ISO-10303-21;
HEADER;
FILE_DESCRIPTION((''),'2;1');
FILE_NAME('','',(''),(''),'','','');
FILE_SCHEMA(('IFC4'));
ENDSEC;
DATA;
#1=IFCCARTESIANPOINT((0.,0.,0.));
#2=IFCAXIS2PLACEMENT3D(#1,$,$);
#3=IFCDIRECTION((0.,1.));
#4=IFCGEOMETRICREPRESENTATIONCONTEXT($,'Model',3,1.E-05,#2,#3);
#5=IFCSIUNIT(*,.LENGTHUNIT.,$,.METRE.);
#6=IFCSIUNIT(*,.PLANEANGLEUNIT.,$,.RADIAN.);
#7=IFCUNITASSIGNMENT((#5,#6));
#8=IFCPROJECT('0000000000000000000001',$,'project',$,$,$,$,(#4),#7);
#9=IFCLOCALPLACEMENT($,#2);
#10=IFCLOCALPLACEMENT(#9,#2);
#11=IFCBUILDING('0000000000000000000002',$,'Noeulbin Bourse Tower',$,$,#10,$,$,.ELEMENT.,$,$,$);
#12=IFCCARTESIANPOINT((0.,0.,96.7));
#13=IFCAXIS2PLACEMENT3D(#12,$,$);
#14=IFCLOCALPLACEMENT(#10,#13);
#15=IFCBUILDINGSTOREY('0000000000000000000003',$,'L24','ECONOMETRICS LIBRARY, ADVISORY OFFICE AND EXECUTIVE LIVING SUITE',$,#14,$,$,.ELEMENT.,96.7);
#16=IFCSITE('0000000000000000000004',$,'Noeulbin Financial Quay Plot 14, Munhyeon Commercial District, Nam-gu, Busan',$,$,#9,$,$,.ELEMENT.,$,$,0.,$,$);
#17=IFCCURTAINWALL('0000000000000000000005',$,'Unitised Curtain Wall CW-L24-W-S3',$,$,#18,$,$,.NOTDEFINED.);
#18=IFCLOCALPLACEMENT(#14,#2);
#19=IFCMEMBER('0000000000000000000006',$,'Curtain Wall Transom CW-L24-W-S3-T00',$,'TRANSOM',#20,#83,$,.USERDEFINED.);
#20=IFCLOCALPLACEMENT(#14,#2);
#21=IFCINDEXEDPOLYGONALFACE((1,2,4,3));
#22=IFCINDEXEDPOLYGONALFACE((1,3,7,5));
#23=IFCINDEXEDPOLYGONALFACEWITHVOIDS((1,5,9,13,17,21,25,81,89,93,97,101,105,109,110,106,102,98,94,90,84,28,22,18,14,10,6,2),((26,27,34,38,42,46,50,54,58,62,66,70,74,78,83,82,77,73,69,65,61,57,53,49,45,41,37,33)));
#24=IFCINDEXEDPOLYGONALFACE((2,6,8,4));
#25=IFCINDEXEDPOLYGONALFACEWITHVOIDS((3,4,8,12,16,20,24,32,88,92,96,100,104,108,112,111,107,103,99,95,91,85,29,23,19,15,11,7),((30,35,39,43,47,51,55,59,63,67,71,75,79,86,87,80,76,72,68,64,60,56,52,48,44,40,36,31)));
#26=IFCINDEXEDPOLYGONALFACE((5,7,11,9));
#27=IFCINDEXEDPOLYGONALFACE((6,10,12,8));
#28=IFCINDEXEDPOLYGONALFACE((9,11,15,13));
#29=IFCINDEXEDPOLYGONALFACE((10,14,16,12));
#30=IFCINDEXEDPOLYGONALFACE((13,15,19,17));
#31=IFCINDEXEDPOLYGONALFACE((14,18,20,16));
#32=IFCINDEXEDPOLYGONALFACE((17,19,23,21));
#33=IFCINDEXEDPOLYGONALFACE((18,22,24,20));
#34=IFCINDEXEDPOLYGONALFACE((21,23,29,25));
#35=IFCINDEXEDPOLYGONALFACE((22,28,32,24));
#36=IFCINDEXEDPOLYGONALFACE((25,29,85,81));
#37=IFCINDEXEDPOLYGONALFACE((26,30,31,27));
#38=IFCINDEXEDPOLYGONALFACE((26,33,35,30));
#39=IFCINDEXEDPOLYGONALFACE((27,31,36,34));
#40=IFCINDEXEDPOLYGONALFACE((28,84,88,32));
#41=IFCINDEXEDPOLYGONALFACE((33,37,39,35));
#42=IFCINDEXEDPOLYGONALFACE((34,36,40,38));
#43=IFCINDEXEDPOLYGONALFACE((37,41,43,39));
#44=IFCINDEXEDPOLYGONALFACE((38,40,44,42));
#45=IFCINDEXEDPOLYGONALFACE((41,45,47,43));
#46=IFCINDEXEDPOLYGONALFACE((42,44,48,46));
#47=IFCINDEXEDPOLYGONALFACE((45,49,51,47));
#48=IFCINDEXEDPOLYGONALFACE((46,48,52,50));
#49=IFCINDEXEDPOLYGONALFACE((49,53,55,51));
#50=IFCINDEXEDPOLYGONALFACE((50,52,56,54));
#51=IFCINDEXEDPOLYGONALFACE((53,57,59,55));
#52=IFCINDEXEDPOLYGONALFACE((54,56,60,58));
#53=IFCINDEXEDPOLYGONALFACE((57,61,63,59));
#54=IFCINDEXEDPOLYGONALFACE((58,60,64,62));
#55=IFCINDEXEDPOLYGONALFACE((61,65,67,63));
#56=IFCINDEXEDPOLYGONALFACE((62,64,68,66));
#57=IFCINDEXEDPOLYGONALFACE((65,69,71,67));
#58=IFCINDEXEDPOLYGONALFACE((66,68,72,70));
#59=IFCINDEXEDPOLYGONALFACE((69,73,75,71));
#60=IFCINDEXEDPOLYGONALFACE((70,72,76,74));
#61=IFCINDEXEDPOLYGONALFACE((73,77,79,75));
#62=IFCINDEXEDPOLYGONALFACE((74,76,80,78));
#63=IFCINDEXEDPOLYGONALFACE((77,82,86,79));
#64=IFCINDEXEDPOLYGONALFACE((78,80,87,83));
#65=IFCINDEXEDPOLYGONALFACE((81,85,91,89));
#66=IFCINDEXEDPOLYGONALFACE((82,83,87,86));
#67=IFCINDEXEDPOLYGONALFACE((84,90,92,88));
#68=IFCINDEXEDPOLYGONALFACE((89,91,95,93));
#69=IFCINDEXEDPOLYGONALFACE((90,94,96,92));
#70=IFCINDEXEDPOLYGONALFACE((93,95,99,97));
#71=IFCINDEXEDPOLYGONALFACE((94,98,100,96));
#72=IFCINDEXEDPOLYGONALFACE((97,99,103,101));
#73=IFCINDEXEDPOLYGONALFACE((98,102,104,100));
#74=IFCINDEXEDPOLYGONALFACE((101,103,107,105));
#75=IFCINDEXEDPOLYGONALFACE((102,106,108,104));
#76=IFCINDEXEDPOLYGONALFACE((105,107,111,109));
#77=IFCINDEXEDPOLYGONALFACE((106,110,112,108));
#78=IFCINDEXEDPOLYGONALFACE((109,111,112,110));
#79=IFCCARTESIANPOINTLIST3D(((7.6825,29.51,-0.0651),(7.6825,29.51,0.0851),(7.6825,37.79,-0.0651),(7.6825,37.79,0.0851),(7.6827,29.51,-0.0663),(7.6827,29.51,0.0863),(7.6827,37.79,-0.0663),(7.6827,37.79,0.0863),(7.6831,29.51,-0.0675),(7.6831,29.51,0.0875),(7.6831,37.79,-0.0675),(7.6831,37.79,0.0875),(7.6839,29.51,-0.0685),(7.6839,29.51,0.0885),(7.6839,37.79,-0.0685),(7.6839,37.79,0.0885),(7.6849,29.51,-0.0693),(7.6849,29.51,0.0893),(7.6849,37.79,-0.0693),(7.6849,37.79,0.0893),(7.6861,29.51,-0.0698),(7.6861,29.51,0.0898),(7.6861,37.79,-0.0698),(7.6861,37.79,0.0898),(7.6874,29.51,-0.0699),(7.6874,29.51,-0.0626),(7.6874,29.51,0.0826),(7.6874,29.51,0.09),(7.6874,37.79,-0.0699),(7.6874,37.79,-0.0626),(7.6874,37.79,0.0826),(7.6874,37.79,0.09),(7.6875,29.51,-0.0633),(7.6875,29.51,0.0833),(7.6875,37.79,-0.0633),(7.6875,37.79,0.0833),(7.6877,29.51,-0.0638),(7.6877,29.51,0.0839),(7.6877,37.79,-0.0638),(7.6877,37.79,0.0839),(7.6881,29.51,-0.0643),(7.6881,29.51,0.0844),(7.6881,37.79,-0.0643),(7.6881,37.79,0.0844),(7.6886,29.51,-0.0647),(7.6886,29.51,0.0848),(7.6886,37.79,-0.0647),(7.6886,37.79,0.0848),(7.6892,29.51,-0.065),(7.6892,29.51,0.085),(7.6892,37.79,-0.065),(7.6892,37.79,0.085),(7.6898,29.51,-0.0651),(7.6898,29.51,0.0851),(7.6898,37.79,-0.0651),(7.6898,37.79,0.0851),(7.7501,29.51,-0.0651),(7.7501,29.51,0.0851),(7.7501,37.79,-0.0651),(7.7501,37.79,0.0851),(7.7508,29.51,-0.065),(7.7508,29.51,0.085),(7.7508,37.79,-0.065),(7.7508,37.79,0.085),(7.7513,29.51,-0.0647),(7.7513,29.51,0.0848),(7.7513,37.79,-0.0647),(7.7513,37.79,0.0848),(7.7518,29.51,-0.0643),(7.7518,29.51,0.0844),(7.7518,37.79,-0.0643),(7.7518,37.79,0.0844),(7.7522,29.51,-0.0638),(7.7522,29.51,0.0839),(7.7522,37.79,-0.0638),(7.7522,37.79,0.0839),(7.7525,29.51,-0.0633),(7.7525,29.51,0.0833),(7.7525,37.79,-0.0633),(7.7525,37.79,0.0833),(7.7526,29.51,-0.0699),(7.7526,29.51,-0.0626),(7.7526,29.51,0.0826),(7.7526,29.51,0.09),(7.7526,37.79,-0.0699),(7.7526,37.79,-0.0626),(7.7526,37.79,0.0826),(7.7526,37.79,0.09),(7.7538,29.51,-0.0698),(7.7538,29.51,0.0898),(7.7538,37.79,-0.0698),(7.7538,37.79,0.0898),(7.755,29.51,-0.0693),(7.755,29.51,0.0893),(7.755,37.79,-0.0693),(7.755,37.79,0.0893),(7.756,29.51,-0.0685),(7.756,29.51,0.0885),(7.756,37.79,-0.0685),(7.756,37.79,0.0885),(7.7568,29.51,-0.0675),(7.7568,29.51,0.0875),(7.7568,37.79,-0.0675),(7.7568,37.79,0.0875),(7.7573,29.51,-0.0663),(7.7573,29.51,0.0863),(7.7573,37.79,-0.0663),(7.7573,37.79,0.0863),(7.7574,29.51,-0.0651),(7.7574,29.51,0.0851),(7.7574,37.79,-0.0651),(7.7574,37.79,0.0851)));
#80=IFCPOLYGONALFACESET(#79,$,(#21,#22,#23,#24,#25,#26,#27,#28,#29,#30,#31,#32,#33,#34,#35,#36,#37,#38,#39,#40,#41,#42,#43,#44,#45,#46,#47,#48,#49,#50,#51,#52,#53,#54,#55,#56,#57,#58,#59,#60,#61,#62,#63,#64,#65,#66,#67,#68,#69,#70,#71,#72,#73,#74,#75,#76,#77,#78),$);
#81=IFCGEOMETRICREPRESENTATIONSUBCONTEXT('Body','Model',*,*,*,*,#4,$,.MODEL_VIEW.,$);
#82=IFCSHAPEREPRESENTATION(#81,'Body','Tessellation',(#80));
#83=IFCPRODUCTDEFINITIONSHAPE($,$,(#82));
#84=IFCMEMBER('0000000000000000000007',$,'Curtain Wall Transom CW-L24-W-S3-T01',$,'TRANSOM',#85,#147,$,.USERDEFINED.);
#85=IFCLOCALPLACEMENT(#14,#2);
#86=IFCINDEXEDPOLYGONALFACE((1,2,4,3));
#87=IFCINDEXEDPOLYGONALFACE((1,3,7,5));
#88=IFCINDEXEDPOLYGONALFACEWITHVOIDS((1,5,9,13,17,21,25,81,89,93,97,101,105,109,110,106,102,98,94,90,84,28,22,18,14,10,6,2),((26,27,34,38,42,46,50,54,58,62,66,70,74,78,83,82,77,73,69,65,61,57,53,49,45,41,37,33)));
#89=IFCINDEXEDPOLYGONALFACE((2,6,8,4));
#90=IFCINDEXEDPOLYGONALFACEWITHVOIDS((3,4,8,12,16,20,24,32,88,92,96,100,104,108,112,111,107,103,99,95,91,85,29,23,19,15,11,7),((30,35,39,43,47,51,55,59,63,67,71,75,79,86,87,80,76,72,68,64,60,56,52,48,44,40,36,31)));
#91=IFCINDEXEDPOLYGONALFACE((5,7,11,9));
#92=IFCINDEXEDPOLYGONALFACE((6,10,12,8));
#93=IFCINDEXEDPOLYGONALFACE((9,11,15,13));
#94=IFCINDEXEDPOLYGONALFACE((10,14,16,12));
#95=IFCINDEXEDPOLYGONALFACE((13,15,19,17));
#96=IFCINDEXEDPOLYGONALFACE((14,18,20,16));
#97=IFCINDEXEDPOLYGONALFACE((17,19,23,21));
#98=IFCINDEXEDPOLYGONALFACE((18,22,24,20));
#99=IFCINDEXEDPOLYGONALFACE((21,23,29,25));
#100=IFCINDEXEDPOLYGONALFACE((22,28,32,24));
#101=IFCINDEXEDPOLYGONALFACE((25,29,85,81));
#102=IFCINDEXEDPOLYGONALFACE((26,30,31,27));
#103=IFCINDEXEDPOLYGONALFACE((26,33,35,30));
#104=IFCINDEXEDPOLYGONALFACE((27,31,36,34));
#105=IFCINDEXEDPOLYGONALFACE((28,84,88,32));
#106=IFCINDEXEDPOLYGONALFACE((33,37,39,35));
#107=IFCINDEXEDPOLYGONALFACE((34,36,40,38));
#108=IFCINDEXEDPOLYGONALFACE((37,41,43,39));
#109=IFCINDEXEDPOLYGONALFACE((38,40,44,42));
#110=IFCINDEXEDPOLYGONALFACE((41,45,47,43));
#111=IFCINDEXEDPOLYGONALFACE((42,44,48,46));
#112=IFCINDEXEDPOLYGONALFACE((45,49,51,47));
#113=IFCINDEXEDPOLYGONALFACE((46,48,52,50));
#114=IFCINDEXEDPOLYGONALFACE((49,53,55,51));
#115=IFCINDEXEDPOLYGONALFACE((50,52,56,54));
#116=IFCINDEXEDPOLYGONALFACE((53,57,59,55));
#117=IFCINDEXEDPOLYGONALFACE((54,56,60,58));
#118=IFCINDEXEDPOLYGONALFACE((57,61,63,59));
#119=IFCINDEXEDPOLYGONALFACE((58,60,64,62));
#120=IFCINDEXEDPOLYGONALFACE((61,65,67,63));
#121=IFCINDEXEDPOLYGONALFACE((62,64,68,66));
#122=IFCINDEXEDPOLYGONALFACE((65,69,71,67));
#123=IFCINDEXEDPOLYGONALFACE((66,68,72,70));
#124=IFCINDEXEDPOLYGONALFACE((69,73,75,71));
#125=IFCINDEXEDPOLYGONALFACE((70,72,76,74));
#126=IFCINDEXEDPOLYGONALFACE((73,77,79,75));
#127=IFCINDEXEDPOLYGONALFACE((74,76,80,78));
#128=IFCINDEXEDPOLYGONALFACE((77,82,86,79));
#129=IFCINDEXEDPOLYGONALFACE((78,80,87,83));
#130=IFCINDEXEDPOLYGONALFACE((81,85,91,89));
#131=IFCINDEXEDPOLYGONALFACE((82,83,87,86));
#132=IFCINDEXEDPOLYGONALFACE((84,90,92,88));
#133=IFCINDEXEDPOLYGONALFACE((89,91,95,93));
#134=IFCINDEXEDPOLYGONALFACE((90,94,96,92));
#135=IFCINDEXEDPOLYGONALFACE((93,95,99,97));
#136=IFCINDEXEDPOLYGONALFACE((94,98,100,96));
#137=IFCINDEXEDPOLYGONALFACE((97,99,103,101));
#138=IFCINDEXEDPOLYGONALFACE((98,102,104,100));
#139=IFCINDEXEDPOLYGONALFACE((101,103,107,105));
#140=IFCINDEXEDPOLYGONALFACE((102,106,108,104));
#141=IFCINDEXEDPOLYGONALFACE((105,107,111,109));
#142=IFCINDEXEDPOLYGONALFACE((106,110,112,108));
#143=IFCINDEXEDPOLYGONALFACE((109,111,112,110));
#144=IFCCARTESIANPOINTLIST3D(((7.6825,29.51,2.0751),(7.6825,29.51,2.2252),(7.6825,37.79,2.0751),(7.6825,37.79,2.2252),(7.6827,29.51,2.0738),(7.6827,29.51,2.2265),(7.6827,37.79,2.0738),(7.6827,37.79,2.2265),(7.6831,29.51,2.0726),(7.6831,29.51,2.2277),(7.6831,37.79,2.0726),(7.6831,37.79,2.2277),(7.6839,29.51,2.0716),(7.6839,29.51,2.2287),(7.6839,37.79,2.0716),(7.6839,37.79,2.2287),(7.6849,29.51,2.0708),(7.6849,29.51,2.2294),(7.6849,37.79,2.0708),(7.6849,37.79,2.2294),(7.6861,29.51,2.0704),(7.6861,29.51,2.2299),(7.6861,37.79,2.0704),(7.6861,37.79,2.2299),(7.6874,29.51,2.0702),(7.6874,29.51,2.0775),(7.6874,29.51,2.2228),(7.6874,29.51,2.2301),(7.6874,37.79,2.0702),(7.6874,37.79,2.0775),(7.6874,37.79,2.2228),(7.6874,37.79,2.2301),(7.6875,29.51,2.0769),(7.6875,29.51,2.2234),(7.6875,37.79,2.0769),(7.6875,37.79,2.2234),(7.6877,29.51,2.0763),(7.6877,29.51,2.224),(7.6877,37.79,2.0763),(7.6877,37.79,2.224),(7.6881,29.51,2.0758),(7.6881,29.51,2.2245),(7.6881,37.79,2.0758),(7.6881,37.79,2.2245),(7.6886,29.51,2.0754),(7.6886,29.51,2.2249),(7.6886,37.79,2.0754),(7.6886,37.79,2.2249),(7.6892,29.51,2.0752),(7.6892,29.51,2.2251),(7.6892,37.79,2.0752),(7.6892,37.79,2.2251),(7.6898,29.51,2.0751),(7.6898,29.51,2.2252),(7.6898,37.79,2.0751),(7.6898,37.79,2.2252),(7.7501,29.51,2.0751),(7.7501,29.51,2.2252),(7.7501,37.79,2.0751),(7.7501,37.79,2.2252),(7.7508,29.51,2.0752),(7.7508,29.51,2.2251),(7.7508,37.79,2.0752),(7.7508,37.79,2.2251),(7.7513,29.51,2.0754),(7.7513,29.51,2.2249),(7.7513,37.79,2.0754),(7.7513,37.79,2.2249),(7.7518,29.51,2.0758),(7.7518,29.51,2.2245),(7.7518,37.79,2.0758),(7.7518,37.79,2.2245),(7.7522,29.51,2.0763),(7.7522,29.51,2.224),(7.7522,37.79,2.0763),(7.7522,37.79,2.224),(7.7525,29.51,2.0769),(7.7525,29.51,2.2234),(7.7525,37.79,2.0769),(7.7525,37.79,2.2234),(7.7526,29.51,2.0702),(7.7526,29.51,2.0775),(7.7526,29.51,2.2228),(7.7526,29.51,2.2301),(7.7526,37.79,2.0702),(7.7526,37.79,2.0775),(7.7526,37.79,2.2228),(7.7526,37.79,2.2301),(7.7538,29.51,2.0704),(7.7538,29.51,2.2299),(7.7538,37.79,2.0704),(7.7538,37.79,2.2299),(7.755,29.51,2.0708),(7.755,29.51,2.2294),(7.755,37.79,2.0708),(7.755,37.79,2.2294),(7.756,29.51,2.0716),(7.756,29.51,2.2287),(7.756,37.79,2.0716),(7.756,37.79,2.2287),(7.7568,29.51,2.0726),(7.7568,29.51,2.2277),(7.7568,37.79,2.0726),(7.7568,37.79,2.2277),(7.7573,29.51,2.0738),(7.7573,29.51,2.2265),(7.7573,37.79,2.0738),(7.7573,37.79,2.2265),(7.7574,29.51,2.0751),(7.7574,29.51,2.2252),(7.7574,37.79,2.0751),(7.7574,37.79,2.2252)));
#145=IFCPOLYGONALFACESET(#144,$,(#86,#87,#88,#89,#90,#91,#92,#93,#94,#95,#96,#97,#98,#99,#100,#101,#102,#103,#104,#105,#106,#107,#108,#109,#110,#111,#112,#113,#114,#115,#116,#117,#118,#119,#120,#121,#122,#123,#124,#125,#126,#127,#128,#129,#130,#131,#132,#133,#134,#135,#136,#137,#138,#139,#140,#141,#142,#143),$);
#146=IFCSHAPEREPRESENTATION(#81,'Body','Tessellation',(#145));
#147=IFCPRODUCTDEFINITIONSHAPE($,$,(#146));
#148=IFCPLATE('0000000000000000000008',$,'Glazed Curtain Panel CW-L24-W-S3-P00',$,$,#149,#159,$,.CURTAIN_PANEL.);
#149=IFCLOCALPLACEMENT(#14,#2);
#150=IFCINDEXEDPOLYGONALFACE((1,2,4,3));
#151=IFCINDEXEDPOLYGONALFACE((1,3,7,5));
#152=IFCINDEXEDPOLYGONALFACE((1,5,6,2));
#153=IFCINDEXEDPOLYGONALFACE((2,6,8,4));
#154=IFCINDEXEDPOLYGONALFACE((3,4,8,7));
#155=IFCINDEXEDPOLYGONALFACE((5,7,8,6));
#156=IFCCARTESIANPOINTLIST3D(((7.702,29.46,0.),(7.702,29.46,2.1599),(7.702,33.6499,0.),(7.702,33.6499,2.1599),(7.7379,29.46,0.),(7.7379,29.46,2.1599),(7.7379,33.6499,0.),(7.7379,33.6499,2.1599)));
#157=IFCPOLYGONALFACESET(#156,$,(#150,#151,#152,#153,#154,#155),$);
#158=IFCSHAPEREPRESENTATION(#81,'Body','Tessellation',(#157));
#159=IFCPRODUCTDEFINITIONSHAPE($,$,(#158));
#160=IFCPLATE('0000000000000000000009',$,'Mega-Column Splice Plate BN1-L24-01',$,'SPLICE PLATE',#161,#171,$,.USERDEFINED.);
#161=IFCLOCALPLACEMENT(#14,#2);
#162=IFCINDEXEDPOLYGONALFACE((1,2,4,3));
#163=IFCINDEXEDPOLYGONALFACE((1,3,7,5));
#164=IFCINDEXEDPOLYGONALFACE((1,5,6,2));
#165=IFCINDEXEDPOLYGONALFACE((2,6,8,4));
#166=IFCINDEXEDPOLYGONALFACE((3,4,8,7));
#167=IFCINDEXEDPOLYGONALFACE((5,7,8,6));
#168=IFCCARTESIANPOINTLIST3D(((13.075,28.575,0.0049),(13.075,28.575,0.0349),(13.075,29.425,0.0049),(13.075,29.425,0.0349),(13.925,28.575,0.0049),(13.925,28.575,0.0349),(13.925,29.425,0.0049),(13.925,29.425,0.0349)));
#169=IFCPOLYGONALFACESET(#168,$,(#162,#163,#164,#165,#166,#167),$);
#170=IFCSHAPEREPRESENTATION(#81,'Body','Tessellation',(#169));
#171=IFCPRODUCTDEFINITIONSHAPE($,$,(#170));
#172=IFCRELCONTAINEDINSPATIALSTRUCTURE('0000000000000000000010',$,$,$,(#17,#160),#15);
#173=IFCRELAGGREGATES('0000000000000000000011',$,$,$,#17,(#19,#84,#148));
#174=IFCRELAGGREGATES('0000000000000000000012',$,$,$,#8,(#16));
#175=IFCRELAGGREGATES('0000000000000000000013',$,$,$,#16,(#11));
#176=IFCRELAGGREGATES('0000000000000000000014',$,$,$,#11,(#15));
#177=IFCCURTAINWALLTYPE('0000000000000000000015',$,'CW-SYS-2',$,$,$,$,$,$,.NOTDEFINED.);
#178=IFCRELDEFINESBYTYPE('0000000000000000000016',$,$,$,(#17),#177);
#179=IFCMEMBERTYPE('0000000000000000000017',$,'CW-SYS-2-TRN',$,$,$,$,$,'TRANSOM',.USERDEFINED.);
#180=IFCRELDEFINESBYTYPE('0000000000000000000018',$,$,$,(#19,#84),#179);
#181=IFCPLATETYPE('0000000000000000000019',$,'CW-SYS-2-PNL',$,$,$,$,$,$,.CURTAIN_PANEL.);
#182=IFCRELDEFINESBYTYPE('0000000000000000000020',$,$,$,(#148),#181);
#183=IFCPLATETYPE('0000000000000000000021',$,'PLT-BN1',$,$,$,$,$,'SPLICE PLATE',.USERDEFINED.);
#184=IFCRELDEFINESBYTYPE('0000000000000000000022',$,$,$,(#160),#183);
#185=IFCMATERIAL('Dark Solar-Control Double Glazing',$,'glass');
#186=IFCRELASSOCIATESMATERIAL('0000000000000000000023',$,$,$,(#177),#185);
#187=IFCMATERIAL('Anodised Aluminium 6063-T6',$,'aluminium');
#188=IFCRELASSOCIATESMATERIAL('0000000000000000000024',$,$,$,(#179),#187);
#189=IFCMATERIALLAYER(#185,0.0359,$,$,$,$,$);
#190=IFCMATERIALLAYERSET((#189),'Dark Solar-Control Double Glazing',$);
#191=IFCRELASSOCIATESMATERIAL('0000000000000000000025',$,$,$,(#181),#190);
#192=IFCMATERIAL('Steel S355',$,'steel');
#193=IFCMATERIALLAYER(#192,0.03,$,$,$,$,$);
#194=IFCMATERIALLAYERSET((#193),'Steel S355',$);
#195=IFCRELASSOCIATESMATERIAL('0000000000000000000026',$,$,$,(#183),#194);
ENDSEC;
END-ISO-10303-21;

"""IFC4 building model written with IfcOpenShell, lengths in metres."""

from ifc_helpers import new_model, si_unit, direction, frame, origin, origin_2d, place, context, subcontext, project, spatial, rectangle, hollow_rectangle, extrude, material, layer, layer_set, material_profile, profile_set, type_object, element, aggregate, save


model = new_model("IFC4")

# Units and contexts
model_context = context("Model", 3, precision=1e-05, world=origin(), true_north=direction((0.0, 1.0)))
body_context = subcontext(model_context, "Body", "Model", "MODEL_VIEW")
ifc_project = project(units=[si_unit("LENGTHUNIT", "METRE"), si_unit("PLANEANGLEUNIT", "RADIAN")], contexts=[model_context])

# Site, building, storey
site_placement = place(None, origin())
site = spatial("IfcSite", under=ifc_project, at=site_placement, Name="Noeulbin Financial Quay Plot 14, Munhyeon Commercial District, Nam-gu, Busan", CompositionType="ELEMENT", RefElevation=0.0)
building_placement = place(site_placement, origin())
building = spatial("IfcBuilding", under=site, at=building_placement, Name="Noeulbin Bourse Tower", CompositionType="ELEMENT")
storey_placement = place(building_placement, frame((0.0, 0.0, 96.7)))
storey = spatial("IfcBuildingStorey", under=building, at=storey_placement, Name="L24", Description="ECONOMETRICS LIBRARY, ADVISORY OFFICE AND EXECUTIVE LIVING SUITE", CompositionType="ELEMENT", Elevation=96.7)

# Shared definitions
ifc_material_1 = material(Name="Steel S355", Category="steel")

# Curtain wall, members, plate
ifc_material_2 = material(Name="Dark Solar-Control Double Glazing", Category="glass")
curtain_wall_type = type_object("IfcCurtainWallType", Name="CW-SYS-2", PredefinedType="NOTDEFINED", material=ifc_material_2)
curtain_wall_placement = place(storey_placement, origin())
curtain_wall = element("IfcCurtainWall", 1, at=curtain_wall_placement, inside=storey, type_object=curtain_wall_type, Name="Unitised Curtain Wall CW-L24-W-S3", PredefinedType="NOTDEFINED")
ifc_material_3 = material(Name="Anodised Aluminium 6063-T6", Category="aluminium")
ifc_material_profile_1 = material_profile(ifc_material_3, hollow_rectangle(XDim=0.075, YDim=0.1599, WallThickness=0.0049, InnerFilletRadius=0.0024, OuterFilletRadius=0.0049, at=origin_2d()), Name="ALU-TRAN-75x160x5", Category="LoadBearing")
ifc_profile_set_1 = profile_set([ifc_material_profile_1], Name="Anodised Aluminium 6063-T6")
member_type_1 = type_object("IfcMemberType", Name="CW-SYS-2-TRN", ElementType="TRANSOM", PredefinedType="USERDEFINED", material=ifc_profile_set_1)
member_1_placement = place(storey_placement, frame((7.72, 29.51, 0.01), z_axis=(0.0, 1.0, 0.0), x_axis=(-1.0, 0.0, 0.0)))
member_1 = element("IfcMember", 2, at=member_1_placement, type_object=member_type_1, Name="Curtain Wall Transom CW-L24-W-S3-T00", ObjectType="TRANSOM", PredefinedType="USERDEFINED", context=body_context, shape_type="SweptSolid", body=[
    extrude(hollow_rectangle(XDim=0.075, YDim=0.1599, WallThickness=0.0049, InnerFilletRadius=0.0024, OuterFilletRadius=0.0049, at=origin_2d()), origin(), (0.0, 0.0, 1.0), 8.28),
])
member_2_placement = place(storey_placement, frame((7.72, 29.51, 2.1501), z_axis=(0.0, 1.0, 0.0), x_axis=(-1.0, 0.0, 0.0)))
member_2 = element("IfcMember", 3, at=member_2_placement, type_object=member_type_1, Name="Curtain Wall Transom CW-L24-W-S3-T01", ObjectType="TRANSOM", PredefinedType="USERDEFINED", context=body_context, shape_type="SweptSolid", body=[
    extrude(hollow_rectangle(XDim=0.075, YDim=0.1599, WallThickness=0.0049, InnerFilletRadius=0.0024, OuterFilletRadius=0.0049, at=origin_2d()), origin(), (0.0, 0.0, 1.0), 8.28),
])
ifc_layer_1 = layer(ifc_material_2, 0.0359)
ifc_layer_set_1 = layer_set([ifc_layer_1], Name="Dark Solar-Control Double Glazing")
plate_type_1 = type_object("IfcPlateType", Name="CW-SYS-2-PNL", PredefinedType="CURTAIN_PANEL", material=ifc_layer_set_1)
plate_1_placement = place(storey_placement, frame((7.72, 31.5549, 0.0), z_axis=(0.0, 0.0, 1.0), x_axis=(0.0, 1.0, 0.0)))
plate_1 = element("IfcPlate", 4, at=plate_1_placement, type_object=plate_type_1, Name="Glazed Curtain Panel CW-L24-W-S3-P00", PredefinedType="CURTAIN_PANEL", context=body_context, shape_type="SweptSolid", body=[
    extrude(rectangle(XDim=4.1899, YDim=0.0359, at=origin_2d()), origin(), (0.0, 0.0, 1.0), 2.1599),
])
aggregate(curtain_wall, [member_1, member_2, plate_1])

# Plate
ifc_layer_2 = layer(ifc_material_1, 0.03)
ifc_layer_set_2 = layer_set([ifc_layer_2], Name="Steel S355")
plate_type_2 = type_object("IfcPlateType", Name="PLT-BN1", ElementType="SPLICE PLATE", PredefinedType="USERDEFINED", material=ifc_layer_set_2)
plate_2_placement = place(storey_placement, frame((13.5, 29.0, 0.0049), z_axis=(0.0, 0.0, 1.0), x_axis=(1.0, 0.0, 0.0)))
element("IfcPlate", 5, at=plate_2_placement, inside=storey, type_object=plate_type_2, Name="Mega-Column Splice Plate BN1-L24-01", ObjectType="SPLICE PLATE", PredefinedType="USERDEFINED", context=body_context, shape_type="SweptSolid", body=[
    extrude(rectangle(XDim=0.8501, YDim=0.8501, at=origin_2d()), origin(), (0.0, 0.0, 1.0), 0.03),
])

save(model, "model.ifc")
